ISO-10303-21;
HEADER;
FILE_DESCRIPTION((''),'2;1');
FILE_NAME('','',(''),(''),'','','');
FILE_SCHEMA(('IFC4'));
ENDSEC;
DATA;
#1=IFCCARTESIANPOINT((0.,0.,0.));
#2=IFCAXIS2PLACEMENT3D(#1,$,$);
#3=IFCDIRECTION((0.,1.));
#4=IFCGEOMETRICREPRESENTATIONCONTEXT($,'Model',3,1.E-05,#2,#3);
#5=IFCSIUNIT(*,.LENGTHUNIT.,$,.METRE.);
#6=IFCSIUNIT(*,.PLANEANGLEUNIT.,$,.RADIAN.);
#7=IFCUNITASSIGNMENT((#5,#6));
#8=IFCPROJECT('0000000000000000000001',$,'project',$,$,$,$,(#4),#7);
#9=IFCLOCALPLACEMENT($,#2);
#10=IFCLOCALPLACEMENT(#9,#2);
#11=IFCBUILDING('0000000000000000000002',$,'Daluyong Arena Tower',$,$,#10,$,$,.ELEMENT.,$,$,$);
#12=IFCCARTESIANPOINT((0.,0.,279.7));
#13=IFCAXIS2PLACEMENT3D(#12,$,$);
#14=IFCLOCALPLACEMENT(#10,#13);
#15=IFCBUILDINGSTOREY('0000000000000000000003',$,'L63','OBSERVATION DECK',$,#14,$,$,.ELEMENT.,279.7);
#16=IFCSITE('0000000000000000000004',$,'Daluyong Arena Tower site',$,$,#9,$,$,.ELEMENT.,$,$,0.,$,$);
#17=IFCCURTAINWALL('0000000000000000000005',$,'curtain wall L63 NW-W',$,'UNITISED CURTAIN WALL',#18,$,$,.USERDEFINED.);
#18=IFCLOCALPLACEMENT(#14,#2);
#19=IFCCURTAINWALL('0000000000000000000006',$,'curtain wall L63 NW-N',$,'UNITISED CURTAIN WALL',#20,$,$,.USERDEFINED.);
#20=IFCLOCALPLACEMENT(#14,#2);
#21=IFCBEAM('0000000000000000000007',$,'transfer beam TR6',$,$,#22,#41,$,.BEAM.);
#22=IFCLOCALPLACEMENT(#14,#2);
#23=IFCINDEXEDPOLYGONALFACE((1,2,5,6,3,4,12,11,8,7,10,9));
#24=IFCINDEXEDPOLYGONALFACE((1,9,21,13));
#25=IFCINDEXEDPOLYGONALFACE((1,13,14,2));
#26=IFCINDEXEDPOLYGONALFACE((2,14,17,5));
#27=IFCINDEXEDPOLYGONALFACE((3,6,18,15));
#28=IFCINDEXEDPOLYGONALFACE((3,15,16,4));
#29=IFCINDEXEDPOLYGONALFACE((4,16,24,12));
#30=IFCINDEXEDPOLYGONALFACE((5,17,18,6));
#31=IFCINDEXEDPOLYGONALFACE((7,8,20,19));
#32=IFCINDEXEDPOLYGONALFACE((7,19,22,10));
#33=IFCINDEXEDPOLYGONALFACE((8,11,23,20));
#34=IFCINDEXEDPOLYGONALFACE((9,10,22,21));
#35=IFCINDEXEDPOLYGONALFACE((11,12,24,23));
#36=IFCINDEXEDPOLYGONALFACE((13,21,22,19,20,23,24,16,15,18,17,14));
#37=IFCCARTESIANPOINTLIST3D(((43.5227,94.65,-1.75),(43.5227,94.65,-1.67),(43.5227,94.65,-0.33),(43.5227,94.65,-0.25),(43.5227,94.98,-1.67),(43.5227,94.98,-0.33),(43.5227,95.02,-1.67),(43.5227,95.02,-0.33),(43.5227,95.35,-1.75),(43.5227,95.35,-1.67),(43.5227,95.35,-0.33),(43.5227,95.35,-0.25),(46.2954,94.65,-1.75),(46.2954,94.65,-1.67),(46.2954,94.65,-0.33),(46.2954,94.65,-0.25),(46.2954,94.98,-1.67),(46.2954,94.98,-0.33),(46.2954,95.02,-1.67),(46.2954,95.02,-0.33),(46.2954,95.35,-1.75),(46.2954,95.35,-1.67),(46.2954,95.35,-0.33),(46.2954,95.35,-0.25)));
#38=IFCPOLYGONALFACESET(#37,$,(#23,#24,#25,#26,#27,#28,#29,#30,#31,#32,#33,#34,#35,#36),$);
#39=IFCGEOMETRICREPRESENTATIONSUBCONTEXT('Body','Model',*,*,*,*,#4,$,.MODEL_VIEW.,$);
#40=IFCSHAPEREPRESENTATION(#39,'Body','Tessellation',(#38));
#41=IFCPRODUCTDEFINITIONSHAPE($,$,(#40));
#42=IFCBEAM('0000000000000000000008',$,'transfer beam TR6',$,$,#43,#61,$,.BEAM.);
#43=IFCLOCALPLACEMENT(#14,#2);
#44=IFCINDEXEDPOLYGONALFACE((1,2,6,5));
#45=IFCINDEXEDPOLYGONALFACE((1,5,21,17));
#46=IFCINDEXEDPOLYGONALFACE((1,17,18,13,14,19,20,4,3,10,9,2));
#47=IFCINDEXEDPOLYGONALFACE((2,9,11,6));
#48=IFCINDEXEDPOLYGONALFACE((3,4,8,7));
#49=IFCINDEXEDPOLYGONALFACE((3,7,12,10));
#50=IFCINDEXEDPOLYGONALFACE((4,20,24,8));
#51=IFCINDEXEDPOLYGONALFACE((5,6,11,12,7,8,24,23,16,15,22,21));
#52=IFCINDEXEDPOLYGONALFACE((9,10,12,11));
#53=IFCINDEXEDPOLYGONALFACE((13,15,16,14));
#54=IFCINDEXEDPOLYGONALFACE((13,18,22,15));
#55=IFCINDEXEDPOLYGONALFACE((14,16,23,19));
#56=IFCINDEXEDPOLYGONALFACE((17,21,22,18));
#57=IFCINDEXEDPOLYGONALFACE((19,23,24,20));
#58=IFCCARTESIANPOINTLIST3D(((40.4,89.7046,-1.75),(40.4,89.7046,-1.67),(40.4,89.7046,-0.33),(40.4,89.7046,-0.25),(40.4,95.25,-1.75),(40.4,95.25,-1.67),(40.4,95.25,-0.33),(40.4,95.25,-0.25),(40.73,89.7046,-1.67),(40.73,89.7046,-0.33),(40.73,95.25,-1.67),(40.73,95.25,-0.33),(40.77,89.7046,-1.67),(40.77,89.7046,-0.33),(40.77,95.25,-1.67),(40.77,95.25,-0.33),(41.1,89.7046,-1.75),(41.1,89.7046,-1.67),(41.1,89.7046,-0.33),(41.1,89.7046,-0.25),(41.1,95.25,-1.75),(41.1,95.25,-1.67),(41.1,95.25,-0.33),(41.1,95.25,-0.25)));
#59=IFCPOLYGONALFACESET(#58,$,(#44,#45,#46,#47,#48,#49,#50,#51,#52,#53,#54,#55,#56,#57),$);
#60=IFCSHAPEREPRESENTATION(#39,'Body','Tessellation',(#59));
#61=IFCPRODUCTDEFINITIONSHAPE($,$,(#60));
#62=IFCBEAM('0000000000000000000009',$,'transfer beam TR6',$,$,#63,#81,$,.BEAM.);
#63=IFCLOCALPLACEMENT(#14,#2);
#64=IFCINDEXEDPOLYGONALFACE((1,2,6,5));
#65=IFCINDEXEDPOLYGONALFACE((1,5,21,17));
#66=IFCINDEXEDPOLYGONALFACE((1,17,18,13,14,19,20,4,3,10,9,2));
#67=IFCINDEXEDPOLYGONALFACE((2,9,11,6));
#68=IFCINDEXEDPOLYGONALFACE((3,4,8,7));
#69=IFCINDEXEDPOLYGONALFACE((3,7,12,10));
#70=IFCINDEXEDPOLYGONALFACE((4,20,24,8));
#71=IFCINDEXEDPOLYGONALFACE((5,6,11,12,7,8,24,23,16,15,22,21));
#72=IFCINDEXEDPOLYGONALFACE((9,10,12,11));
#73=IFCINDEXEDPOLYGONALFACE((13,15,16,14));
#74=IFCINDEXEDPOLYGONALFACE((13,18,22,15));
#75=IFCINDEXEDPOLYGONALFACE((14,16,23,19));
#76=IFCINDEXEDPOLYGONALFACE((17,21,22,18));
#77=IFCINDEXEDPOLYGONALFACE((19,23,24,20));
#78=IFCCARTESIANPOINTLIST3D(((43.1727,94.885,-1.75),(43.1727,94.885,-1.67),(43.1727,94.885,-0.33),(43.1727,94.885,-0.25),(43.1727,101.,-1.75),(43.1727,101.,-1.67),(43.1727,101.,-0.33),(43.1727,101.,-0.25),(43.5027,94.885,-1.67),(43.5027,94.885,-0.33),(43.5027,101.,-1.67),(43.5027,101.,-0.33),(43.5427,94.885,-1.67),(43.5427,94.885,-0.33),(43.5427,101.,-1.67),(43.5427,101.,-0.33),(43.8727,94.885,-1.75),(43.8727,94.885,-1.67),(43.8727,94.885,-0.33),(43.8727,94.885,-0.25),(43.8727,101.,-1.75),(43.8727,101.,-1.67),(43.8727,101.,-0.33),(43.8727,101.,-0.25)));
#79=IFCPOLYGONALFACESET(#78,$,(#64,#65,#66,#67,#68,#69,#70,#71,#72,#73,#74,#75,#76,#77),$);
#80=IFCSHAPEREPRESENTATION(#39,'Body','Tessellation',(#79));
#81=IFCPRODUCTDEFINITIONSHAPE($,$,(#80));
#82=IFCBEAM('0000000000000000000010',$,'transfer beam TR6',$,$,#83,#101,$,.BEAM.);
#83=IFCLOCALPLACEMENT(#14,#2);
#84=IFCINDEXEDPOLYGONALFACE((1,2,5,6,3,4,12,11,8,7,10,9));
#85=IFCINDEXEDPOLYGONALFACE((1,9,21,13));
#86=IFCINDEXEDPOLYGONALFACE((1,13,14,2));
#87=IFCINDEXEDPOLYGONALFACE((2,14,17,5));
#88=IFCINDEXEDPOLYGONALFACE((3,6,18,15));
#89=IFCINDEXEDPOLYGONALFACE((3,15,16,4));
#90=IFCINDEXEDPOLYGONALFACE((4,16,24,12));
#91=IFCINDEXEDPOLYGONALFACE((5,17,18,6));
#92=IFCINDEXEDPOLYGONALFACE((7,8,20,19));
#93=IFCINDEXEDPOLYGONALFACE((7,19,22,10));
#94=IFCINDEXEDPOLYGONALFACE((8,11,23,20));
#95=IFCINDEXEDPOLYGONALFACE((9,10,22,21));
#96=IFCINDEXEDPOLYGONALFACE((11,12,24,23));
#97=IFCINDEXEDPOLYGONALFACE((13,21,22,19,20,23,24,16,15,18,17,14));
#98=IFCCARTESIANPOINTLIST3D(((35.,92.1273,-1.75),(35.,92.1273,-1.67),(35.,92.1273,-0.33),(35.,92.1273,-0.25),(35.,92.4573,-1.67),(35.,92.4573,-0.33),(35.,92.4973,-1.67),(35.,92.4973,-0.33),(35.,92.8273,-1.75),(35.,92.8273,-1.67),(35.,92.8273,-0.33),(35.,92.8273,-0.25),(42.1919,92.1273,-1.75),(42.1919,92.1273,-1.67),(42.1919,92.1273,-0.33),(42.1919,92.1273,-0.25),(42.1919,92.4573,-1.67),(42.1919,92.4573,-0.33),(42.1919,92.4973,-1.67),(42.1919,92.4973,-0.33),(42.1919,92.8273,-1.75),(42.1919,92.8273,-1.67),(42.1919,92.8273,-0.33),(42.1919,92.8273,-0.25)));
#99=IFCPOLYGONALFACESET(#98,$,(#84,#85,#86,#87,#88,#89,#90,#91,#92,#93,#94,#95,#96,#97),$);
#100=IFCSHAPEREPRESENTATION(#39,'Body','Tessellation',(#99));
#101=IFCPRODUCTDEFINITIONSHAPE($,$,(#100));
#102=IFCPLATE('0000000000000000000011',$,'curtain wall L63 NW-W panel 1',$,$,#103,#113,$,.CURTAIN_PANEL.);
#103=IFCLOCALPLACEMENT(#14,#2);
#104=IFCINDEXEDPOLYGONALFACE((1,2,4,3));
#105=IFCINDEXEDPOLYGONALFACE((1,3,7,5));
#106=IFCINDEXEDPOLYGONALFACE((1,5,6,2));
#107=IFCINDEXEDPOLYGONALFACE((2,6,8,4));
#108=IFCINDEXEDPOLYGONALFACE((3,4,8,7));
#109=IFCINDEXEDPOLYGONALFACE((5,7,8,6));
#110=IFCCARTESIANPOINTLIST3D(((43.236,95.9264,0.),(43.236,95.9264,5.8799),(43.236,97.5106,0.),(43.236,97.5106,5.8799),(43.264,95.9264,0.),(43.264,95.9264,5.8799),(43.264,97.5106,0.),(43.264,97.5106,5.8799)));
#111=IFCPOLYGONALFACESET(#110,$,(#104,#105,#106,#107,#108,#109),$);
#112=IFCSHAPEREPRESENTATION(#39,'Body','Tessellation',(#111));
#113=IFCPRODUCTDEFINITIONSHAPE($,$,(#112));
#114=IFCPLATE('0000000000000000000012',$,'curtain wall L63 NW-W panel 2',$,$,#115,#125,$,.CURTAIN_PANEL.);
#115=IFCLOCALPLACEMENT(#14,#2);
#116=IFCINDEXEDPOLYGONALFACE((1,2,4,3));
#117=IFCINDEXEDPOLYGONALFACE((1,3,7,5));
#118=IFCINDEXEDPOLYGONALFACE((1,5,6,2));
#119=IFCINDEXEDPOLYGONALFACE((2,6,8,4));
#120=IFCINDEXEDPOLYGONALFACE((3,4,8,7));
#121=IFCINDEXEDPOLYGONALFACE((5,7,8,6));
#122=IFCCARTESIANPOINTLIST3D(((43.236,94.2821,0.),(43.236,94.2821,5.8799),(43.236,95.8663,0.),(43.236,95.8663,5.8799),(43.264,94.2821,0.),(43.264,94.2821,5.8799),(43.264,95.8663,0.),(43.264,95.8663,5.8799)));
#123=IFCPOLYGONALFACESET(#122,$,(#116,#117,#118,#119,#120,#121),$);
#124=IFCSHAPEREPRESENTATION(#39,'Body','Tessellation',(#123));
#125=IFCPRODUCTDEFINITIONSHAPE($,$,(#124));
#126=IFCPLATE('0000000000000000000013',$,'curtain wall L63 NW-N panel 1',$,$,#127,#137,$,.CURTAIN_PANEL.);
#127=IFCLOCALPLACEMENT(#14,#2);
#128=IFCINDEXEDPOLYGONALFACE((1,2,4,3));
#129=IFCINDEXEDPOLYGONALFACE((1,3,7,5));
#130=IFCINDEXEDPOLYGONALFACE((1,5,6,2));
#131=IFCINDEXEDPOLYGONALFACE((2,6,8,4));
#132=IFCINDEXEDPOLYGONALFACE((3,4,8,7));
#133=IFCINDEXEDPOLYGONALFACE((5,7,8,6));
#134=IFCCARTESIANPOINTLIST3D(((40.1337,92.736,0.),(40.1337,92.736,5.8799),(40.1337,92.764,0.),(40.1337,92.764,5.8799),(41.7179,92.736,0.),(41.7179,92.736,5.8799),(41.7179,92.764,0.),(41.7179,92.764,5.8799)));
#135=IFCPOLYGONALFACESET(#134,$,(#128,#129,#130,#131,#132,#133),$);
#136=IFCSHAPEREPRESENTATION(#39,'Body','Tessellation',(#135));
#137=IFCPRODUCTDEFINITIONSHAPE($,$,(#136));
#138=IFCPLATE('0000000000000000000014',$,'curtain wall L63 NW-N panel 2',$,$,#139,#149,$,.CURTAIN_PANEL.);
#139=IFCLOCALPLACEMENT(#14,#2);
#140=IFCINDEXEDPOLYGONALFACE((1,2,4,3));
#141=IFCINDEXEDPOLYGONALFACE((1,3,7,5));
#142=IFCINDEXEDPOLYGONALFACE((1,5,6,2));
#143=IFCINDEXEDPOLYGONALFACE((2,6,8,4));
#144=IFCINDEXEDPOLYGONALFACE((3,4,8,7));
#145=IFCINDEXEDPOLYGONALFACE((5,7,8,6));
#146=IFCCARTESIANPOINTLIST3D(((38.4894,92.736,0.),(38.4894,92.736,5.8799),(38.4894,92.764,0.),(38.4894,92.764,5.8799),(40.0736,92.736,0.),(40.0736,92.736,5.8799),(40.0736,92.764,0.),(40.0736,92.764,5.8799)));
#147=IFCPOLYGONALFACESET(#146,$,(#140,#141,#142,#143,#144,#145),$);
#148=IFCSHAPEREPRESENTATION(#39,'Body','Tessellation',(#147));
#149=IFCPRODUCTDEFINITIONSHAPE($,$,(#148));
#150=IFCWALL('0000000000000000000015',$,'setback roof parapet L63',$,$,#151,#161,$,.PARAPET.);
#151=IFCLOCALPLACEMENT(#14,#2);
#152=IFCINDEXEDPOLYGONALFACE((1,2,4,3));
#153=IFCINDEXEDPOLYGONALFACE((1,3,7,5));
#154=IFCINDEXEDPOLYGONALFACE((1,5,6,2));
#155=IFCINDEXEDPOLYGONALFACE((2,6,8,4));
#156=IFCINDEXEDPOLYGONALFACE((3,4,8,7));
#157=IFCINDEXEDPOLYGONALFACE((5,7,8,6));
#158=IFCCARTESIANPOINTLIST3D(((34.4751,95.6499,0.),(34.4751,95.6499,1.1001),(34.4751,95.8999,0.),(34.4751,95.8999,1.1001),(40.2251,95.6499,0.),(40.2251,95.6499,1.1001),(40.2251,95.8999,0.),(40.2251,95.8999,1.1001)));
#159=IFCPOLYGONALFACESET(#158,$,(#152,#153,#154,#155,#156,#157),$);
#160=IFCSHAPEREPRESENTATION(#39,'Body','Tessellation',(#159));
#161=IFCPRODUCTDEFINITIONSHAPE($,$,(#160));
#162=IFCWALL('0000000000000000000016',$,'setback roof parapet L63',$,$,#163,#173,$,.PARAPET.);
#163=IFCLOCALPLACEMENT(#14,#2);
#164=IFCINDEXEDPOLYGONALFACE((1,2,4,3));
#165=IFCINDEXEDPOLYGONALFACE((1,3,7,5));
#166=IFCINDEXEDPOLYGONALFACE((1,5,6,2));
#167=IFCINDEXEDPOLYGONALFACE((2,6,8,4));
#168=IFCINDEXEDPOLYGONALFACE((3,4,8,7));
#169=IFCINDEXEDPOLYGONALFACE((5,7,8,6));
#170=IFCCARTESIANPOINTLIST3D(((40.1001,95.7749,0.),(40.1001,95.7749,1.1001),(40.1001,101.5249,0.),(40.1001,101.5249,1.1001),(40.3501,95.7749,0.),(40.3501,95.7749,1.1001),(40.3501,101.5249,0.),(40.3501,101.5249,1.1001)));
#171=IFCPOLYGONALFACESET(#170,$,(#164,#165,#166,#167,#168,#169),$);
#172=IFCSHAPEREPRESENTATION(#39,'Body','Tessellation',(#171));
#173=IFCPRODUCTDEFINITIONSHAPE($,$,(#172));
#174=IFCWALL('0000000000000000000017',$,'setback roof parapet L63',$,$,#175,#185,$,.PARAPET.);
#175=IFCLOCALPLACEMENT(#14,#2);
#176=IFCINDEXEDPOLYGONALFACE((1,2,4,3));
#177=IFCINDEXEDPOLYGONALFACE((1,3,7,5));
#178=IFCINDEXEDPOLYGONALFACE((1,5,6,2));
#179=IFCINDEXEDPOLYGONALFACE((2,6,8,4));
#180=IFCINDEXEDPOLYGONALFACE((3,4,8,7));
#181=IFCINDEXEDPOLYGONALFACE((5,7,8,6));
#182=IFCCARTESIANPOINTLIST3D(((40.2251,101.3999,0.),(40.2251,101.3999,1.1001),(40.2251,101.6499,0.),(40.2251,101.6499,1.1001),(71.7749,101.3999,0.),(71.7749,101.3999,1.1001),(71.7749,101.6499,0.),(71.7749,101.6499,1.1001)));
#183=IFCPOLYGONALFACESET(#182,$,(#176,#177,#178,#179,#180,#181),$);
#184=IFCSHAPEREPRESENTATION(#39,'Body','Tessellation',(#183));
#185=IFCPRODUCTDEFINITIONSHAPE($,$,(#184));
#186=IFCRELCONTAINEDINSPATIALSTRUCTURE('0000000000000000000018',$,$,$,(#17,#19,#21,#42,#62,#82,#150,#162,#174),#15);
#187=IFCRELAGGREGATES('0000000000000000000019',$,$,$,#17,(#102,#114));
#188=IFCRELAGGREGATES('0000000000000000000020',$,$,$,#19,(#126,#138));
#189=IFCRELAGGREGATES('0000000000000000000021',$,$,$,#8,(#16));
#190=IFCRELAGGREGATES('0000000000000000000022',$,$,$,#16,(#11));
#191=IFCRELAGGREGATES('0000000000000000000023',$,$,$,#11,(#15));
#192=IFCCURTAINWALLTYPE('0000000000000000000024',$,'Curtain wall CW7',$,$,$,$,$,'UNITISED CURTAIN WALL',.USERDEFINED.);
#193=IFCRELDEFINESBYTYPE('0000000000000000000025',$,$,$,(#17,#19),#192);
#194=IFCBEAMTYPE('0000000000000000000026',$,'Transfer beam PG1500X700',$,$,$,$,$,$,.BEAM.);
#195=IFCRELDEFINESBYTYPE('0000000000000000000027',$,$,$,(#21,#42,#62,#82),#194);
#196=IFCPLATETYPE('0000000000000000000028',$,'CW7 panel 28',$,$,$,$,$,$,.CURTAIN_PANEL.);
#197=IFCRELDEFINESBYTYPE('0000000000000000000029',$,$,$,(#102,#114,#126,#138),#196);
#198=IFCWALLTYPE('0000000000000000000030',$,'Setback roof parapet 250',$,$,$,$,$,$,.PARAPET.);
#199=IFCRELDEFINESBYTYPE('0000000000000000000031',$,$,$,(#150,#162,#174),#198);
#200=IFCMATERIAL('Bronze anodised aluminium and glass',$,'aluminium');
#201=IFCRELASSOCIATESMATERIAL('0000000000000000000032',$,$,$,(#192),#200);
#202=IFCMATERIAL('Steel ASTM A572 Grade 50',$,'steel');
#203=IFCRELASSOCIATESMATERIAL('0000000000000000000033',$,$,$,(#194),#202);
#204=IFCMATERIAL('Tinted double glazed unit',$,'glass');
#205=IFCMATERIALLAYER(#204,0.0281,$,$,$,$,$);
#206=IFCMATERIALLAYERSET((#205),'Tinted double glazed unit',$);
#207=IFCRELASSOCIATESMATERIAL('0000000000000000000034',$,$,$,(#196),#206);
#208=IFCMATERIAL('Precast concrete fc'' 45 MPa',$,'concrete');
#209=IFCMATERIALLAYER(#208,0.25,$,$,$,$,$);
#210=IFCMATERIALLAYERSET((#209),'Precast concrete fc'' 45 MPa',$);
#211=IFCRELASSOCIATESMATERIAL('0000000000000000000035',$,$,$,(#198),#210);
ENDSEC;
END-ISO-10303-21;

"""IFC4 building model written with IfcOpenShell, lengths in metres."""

from ifc_helpers import new_model, si_unit, direction, frame, frame_2d, origin, origin_2d, place, context, subcontext, project, spatial, rectangle, i_section, extrude, material, layer, layer_set, material_profile, profile_set, type_object, element, aggregate, save


model = new_model("IFC4")

# Units and contexts
model_context = context("Model", 3, precision=1e-05, world=origin(), true_north=direction((0.0, 1.0)))
body_context = subcontext(model_context, "Body", "Model", "MODEL_VIEW")
ifc_project = project(units=[si_unit("LENGTHUNIT", "METRE"), si_unit("PLANEANGLEUNIT", "RADIAN")], contexts=[model_context])

# Site, building, storey
site_placement = place(None, origin())
site = spatial("IfcSite", under=ifc_project, at=site_placement, Name="Daluyong Arena Tower site", CompositionType="ELEMENT", RefElevation=0.0)
building_placement = place(site_placement, origin())
building = spatial("IfcBuilding", under=site, at=building_placement, Name="Daluyong Arena Tower", CompositionType="ELEMENT")
storey_placement = place(building_placement, frame((0.0, 0.0, 279.7)))
storey = spatial("IfcBuildingStorey", under=building, at=storey_placement, Name="L63", Description="OBSERVATION DECK", CompositionType="ELEMENT", Elevation=279.7)

# Curtain walls
ifc_material_1 = material(Name="Bronze anodised aluminium and glass", Category="aluminium")
curtain_wall_type_1 = type_object("IfcCurtainWallType", Name="Curtain wall CW7", ElementType="UNITISED CURTAIN WALL", PredefinedType="USERDEFINED", material=ifc_material_1)
curtain_wall_1_placement = place(storey_placement, origin())
curtain_wall_1 = element("IfcCurtainWall", 1, at=curtain_wall_1_placement, inside=storey, type_object=curtain_wall_type_1, Name="curtain wall L63 NW-W", ObjectType="UNITISED CURTAIN WALL", PredefinedType="USERDEFINED")
curtain_wall_2_placement = place(storey_placement, origin())
curtain_wall_2 = element("IfcCurtainWall", 2, at=curtain_wall_2_placement, inside=storey, type_object=curtain_wall_type_1, Name="curtain wall L63 NW-N", ObjectType="UNITISED CURTAIN WALL", PredefinedType="USERDEFINED")

# Beams
ifc_material_2 = material(Name="Steel ASTM A572 Grade 50", Category="steel")
ifc_material_profile_1 = material_profile(ifc_material_2, i_section(OverallWidth=0.7, OverallDepth=1.5, WebThickness=0.04, FlangeThickness=0.08, at=origin_2d()))
ifc_profile_set_1 = profile_set([ifc_material_profile_1], Name="Steel ASTM A572 Grade 50")
beam_type_1 = type_object("IfcBeamType", Name="Transfer beam PG1500X700", PredefinedType="BEAM", material=ifc_profile_set_1)
beam_1_placement = place(storey_placement, frame((43.5227, 95.0, -1.0), z_axis=(1.0, 0.0, 0.0), x_axis=(0.0, 1.0, 0.0)))
element("IfcBeam", 3, at=beam_1_placement, inside=storey, type_object=beam_type_1, Name="transfer beam TR6", PredefinedType="BEAM", context=body_context, shape_type="SweptSolid", body=[
    extrude(i_section(OverallWidth=0.7, OverallDepth=1.5, WebThickness=0.04, FlangeThickness=0.08, at=origin_2d()), origin(), (0.0, 0.0, 1.0), 2.7727),
])
beam_2_placement = place(storey_placement, frame((40.75, 95.25, -1.0), z_axis=(0.0, -1.0, 0.0), x_axis=(1.0, 0.0, 0.0)))
element("IfcBeam", 4, at=beam_2_placement, inside=storey, type_object=beam_type_1, Name="transfer beam TR6", PredefinedType="BEAM", context=body_context, shape_type="SweptSolid", body=[
    extrude(i_section(OverallWidth=0.7, OverallDepth=1.5, WebThickness=0.04, FlangeThickness=0.08, at=origin_2d()), origin(), (0.0, 0.0, 1.0), 5.5454),
])
beam_3_placement = place(storey_placement, frame((43.5227, 101.0, -1.0), z_axis=(0.0, -1.0, 0.0), x_axis=(1.0, 0.0, 0.0)))
element("IfcBeam", 5, at=beam_3_placement, inside=storey, type_object=beam_type_1, Name="transfer beam TR6", PredefinedType="BEAM", context=body_context, shape_type="SweptSolid", body=[
    extrude(i_section(OverallWidth=0.7, OverallDepth=1.5, WebThickness=0.04, FlangeThickness=0.08, at=origin_2d()), origin(), (0.0, 0.0, 1.0), 6.115),
])
beam_4_placement = place(storey_placement, frame((35.0, 92.4773, -1.0), z_axis=(1.0, 0.0, 0.0), x_axis=(0.0, 1.0, 0.0)))
element("IfcBeam", 6, at=beam_4_placement, inside=storey, type_object=beam_type_1, Name="transfer beam TR6", PredefinedType="BEAM", context=body_context, shape_type="SweptSolid", body=[
    extrude(i_section(OverallWidth=0.7, OverallDepth=1.5, WebThickness=0.04, FlangeThickness=0.08, at=origin_2d()), origin(), (0.0, 0.0, 1.0), 7.1919),
])

# Plates
ifc_material_3 = material(Name="Tinted double glazed unit", Category="glass")
ifc_layer_1 = layer(ifc_material_3, 0.0281)
ifc_layer_set_1 = layer_set([ifc_layer_1], Name="Tinted double glazed unit")
plate_type = type_object("IfcPlateType", Name="CW7 panel 28", PredefinedType="CURTAIN_PANEL", material=ifc_layer_set_1)
plate_1_placement = place(storey_placement, frame((43.25, 96.7185, 0.0), z_axis=(0.0, 0.0, 1.0), x_axis=(0.0, -1.0, 0.0)))
plate_1 = element("IfcPlate", 7, at=plate_1_placement, type_object=plate_type, Name="curtain wall L63 NW-W panel 1", PredefinedType="CURTAIN_PANEL", context=body_context, shape_type="SweptSolid", body=[
    extrude(rectangle(XDim=1.5842, YDim=0.0281, at=origin_2d()), origin(), (0.0, 0.0, 1.0), 5.8799),
])
plate_2_placement = place(storey_placement, frame((43.25, 95.0742, 0.0), z_axis=(0.0, 0.0, 1.0), x_axis=(0.0, -1.0, 0.0)))
plate_2 = element("IfcPlate", 8, at=plate_2_placement, type_object=plate_type, Name="curtain wall L63 NW-W panel 2", PredefinedType="CURTAIN_PANEL", context=body_context, shape_type="SweptSolid", body=[
    extrude(rectangle(XDim=1.5842, YDim=0.0281, at=origin_2d()), origin(), (0.0, 0.0, 1.0), 5.8799),
])
aggregate(curtain_wall_1, [plate_1, plate_2])
plate_3_placement = place(storey_placement, frame((40.9258, 92.75, 0.0), z_axis=(0.0, 0.0, 1.0), x_axis=(-1.0, 0.0, 0.0)))
plate_3 = element("IfcPlate", 9, at=plate_3_placement, type_object=plate_type, Name="curtain wall L63 NW-N panel 1", PredefinedType="CURTAIN_PANEL", context=body_context, shape_type="SweptSolid", body=[
    extrude(rectangle(XDim=1.5842, YDim=0.0281, at=origin_2d()), origin(), (0.0, 0.0, 1.0), 5.8799),
])
plate_4_placement = place(storey_placement, frame((39.2815, 92.75, 0.0), z_axis=(0.0, 0.0, 1.0), x_axis=(-1.0, 0.0, 0.0)))
plate_4 = element("IfcPlate", 10, at=plate_4_placement, type_object=plate_type, Name="curtain wall L63 NW-N panel 2", PredefinedType="CURTAIN_PANEL", context=body_context, shape_type="SweptSolid", body=[
    extrude(rectangle(XDim=1.5842, YDim=0.0281, at=origin_2d()), origin(), (0.0, 0.0, 1.0), 5.8799),
])
aggregate(curtain_wall_2, [plate_3, plate_4])

# Walls
ifc_material_4 = material(Name="Precast concrete fc' 45 MPa", Category="concrete")
ifc_layer_2 = layer(ifc_material_4, 0.25)
ifc_layer_set_2 = layer_set([ifc_layer_2], Name="Precast concrete fc' 45 MPa")
wall_type = type_object("IfcWallType", Name="Setback roof parapet 250", PredefinedType="PARAPET", material=ifc_layer_set_2)
for number, where, z_axis, x_axis, name in (
    (11, (34.4751, 95.7749, 0.0), (0.0, 0.0, 1.0), (1.0, 0.0, 0.0), "setback roof parapet L63"),
    (12, (40.2251, 95.7749, 0.0), (0.0, 0.0, 1.0), (0.0, 1.0, 0.0), "setback roof parapet L63"),
):
    element("IfcWall", number, at=place(storey_placement, frame(where, z_axis=z_axis, x_axis=x_axis)), inside=storey, type_object=wall_type, Name=name, PredefinedType="PARAPET", context=body_context, shape_type="SweptSolid", body=[
        extrude(rectangle(XDim=5.75, YDim=0.25, at=frame_2d((2.875, 0.0))), origin(), (0.0, 0.0, 1.0), 1.1001),
    ])
wall_placement = place(storey_placement, frame((40.2251, 101.5249, 0.0), z_axis=(0.0, 0.0, 1.0), x_axis=(1.0, 0.0, 0.0)))
element("IfcWall", 13, at=wall_placement, inside=storey, type_object=wall_type, Name="setback roof parapet L63", PredefinedType="PARAPET", context=body_context, shape_type="SweptSolid", body=[
    extrude(rectangle(XDim=31.5498, YDim=0.25, at=frame_2d((15.7749, 0.0))), origin(), (0.0, 0.0, 1.0), 1.1001),
])

save(model, "model.ifc")
